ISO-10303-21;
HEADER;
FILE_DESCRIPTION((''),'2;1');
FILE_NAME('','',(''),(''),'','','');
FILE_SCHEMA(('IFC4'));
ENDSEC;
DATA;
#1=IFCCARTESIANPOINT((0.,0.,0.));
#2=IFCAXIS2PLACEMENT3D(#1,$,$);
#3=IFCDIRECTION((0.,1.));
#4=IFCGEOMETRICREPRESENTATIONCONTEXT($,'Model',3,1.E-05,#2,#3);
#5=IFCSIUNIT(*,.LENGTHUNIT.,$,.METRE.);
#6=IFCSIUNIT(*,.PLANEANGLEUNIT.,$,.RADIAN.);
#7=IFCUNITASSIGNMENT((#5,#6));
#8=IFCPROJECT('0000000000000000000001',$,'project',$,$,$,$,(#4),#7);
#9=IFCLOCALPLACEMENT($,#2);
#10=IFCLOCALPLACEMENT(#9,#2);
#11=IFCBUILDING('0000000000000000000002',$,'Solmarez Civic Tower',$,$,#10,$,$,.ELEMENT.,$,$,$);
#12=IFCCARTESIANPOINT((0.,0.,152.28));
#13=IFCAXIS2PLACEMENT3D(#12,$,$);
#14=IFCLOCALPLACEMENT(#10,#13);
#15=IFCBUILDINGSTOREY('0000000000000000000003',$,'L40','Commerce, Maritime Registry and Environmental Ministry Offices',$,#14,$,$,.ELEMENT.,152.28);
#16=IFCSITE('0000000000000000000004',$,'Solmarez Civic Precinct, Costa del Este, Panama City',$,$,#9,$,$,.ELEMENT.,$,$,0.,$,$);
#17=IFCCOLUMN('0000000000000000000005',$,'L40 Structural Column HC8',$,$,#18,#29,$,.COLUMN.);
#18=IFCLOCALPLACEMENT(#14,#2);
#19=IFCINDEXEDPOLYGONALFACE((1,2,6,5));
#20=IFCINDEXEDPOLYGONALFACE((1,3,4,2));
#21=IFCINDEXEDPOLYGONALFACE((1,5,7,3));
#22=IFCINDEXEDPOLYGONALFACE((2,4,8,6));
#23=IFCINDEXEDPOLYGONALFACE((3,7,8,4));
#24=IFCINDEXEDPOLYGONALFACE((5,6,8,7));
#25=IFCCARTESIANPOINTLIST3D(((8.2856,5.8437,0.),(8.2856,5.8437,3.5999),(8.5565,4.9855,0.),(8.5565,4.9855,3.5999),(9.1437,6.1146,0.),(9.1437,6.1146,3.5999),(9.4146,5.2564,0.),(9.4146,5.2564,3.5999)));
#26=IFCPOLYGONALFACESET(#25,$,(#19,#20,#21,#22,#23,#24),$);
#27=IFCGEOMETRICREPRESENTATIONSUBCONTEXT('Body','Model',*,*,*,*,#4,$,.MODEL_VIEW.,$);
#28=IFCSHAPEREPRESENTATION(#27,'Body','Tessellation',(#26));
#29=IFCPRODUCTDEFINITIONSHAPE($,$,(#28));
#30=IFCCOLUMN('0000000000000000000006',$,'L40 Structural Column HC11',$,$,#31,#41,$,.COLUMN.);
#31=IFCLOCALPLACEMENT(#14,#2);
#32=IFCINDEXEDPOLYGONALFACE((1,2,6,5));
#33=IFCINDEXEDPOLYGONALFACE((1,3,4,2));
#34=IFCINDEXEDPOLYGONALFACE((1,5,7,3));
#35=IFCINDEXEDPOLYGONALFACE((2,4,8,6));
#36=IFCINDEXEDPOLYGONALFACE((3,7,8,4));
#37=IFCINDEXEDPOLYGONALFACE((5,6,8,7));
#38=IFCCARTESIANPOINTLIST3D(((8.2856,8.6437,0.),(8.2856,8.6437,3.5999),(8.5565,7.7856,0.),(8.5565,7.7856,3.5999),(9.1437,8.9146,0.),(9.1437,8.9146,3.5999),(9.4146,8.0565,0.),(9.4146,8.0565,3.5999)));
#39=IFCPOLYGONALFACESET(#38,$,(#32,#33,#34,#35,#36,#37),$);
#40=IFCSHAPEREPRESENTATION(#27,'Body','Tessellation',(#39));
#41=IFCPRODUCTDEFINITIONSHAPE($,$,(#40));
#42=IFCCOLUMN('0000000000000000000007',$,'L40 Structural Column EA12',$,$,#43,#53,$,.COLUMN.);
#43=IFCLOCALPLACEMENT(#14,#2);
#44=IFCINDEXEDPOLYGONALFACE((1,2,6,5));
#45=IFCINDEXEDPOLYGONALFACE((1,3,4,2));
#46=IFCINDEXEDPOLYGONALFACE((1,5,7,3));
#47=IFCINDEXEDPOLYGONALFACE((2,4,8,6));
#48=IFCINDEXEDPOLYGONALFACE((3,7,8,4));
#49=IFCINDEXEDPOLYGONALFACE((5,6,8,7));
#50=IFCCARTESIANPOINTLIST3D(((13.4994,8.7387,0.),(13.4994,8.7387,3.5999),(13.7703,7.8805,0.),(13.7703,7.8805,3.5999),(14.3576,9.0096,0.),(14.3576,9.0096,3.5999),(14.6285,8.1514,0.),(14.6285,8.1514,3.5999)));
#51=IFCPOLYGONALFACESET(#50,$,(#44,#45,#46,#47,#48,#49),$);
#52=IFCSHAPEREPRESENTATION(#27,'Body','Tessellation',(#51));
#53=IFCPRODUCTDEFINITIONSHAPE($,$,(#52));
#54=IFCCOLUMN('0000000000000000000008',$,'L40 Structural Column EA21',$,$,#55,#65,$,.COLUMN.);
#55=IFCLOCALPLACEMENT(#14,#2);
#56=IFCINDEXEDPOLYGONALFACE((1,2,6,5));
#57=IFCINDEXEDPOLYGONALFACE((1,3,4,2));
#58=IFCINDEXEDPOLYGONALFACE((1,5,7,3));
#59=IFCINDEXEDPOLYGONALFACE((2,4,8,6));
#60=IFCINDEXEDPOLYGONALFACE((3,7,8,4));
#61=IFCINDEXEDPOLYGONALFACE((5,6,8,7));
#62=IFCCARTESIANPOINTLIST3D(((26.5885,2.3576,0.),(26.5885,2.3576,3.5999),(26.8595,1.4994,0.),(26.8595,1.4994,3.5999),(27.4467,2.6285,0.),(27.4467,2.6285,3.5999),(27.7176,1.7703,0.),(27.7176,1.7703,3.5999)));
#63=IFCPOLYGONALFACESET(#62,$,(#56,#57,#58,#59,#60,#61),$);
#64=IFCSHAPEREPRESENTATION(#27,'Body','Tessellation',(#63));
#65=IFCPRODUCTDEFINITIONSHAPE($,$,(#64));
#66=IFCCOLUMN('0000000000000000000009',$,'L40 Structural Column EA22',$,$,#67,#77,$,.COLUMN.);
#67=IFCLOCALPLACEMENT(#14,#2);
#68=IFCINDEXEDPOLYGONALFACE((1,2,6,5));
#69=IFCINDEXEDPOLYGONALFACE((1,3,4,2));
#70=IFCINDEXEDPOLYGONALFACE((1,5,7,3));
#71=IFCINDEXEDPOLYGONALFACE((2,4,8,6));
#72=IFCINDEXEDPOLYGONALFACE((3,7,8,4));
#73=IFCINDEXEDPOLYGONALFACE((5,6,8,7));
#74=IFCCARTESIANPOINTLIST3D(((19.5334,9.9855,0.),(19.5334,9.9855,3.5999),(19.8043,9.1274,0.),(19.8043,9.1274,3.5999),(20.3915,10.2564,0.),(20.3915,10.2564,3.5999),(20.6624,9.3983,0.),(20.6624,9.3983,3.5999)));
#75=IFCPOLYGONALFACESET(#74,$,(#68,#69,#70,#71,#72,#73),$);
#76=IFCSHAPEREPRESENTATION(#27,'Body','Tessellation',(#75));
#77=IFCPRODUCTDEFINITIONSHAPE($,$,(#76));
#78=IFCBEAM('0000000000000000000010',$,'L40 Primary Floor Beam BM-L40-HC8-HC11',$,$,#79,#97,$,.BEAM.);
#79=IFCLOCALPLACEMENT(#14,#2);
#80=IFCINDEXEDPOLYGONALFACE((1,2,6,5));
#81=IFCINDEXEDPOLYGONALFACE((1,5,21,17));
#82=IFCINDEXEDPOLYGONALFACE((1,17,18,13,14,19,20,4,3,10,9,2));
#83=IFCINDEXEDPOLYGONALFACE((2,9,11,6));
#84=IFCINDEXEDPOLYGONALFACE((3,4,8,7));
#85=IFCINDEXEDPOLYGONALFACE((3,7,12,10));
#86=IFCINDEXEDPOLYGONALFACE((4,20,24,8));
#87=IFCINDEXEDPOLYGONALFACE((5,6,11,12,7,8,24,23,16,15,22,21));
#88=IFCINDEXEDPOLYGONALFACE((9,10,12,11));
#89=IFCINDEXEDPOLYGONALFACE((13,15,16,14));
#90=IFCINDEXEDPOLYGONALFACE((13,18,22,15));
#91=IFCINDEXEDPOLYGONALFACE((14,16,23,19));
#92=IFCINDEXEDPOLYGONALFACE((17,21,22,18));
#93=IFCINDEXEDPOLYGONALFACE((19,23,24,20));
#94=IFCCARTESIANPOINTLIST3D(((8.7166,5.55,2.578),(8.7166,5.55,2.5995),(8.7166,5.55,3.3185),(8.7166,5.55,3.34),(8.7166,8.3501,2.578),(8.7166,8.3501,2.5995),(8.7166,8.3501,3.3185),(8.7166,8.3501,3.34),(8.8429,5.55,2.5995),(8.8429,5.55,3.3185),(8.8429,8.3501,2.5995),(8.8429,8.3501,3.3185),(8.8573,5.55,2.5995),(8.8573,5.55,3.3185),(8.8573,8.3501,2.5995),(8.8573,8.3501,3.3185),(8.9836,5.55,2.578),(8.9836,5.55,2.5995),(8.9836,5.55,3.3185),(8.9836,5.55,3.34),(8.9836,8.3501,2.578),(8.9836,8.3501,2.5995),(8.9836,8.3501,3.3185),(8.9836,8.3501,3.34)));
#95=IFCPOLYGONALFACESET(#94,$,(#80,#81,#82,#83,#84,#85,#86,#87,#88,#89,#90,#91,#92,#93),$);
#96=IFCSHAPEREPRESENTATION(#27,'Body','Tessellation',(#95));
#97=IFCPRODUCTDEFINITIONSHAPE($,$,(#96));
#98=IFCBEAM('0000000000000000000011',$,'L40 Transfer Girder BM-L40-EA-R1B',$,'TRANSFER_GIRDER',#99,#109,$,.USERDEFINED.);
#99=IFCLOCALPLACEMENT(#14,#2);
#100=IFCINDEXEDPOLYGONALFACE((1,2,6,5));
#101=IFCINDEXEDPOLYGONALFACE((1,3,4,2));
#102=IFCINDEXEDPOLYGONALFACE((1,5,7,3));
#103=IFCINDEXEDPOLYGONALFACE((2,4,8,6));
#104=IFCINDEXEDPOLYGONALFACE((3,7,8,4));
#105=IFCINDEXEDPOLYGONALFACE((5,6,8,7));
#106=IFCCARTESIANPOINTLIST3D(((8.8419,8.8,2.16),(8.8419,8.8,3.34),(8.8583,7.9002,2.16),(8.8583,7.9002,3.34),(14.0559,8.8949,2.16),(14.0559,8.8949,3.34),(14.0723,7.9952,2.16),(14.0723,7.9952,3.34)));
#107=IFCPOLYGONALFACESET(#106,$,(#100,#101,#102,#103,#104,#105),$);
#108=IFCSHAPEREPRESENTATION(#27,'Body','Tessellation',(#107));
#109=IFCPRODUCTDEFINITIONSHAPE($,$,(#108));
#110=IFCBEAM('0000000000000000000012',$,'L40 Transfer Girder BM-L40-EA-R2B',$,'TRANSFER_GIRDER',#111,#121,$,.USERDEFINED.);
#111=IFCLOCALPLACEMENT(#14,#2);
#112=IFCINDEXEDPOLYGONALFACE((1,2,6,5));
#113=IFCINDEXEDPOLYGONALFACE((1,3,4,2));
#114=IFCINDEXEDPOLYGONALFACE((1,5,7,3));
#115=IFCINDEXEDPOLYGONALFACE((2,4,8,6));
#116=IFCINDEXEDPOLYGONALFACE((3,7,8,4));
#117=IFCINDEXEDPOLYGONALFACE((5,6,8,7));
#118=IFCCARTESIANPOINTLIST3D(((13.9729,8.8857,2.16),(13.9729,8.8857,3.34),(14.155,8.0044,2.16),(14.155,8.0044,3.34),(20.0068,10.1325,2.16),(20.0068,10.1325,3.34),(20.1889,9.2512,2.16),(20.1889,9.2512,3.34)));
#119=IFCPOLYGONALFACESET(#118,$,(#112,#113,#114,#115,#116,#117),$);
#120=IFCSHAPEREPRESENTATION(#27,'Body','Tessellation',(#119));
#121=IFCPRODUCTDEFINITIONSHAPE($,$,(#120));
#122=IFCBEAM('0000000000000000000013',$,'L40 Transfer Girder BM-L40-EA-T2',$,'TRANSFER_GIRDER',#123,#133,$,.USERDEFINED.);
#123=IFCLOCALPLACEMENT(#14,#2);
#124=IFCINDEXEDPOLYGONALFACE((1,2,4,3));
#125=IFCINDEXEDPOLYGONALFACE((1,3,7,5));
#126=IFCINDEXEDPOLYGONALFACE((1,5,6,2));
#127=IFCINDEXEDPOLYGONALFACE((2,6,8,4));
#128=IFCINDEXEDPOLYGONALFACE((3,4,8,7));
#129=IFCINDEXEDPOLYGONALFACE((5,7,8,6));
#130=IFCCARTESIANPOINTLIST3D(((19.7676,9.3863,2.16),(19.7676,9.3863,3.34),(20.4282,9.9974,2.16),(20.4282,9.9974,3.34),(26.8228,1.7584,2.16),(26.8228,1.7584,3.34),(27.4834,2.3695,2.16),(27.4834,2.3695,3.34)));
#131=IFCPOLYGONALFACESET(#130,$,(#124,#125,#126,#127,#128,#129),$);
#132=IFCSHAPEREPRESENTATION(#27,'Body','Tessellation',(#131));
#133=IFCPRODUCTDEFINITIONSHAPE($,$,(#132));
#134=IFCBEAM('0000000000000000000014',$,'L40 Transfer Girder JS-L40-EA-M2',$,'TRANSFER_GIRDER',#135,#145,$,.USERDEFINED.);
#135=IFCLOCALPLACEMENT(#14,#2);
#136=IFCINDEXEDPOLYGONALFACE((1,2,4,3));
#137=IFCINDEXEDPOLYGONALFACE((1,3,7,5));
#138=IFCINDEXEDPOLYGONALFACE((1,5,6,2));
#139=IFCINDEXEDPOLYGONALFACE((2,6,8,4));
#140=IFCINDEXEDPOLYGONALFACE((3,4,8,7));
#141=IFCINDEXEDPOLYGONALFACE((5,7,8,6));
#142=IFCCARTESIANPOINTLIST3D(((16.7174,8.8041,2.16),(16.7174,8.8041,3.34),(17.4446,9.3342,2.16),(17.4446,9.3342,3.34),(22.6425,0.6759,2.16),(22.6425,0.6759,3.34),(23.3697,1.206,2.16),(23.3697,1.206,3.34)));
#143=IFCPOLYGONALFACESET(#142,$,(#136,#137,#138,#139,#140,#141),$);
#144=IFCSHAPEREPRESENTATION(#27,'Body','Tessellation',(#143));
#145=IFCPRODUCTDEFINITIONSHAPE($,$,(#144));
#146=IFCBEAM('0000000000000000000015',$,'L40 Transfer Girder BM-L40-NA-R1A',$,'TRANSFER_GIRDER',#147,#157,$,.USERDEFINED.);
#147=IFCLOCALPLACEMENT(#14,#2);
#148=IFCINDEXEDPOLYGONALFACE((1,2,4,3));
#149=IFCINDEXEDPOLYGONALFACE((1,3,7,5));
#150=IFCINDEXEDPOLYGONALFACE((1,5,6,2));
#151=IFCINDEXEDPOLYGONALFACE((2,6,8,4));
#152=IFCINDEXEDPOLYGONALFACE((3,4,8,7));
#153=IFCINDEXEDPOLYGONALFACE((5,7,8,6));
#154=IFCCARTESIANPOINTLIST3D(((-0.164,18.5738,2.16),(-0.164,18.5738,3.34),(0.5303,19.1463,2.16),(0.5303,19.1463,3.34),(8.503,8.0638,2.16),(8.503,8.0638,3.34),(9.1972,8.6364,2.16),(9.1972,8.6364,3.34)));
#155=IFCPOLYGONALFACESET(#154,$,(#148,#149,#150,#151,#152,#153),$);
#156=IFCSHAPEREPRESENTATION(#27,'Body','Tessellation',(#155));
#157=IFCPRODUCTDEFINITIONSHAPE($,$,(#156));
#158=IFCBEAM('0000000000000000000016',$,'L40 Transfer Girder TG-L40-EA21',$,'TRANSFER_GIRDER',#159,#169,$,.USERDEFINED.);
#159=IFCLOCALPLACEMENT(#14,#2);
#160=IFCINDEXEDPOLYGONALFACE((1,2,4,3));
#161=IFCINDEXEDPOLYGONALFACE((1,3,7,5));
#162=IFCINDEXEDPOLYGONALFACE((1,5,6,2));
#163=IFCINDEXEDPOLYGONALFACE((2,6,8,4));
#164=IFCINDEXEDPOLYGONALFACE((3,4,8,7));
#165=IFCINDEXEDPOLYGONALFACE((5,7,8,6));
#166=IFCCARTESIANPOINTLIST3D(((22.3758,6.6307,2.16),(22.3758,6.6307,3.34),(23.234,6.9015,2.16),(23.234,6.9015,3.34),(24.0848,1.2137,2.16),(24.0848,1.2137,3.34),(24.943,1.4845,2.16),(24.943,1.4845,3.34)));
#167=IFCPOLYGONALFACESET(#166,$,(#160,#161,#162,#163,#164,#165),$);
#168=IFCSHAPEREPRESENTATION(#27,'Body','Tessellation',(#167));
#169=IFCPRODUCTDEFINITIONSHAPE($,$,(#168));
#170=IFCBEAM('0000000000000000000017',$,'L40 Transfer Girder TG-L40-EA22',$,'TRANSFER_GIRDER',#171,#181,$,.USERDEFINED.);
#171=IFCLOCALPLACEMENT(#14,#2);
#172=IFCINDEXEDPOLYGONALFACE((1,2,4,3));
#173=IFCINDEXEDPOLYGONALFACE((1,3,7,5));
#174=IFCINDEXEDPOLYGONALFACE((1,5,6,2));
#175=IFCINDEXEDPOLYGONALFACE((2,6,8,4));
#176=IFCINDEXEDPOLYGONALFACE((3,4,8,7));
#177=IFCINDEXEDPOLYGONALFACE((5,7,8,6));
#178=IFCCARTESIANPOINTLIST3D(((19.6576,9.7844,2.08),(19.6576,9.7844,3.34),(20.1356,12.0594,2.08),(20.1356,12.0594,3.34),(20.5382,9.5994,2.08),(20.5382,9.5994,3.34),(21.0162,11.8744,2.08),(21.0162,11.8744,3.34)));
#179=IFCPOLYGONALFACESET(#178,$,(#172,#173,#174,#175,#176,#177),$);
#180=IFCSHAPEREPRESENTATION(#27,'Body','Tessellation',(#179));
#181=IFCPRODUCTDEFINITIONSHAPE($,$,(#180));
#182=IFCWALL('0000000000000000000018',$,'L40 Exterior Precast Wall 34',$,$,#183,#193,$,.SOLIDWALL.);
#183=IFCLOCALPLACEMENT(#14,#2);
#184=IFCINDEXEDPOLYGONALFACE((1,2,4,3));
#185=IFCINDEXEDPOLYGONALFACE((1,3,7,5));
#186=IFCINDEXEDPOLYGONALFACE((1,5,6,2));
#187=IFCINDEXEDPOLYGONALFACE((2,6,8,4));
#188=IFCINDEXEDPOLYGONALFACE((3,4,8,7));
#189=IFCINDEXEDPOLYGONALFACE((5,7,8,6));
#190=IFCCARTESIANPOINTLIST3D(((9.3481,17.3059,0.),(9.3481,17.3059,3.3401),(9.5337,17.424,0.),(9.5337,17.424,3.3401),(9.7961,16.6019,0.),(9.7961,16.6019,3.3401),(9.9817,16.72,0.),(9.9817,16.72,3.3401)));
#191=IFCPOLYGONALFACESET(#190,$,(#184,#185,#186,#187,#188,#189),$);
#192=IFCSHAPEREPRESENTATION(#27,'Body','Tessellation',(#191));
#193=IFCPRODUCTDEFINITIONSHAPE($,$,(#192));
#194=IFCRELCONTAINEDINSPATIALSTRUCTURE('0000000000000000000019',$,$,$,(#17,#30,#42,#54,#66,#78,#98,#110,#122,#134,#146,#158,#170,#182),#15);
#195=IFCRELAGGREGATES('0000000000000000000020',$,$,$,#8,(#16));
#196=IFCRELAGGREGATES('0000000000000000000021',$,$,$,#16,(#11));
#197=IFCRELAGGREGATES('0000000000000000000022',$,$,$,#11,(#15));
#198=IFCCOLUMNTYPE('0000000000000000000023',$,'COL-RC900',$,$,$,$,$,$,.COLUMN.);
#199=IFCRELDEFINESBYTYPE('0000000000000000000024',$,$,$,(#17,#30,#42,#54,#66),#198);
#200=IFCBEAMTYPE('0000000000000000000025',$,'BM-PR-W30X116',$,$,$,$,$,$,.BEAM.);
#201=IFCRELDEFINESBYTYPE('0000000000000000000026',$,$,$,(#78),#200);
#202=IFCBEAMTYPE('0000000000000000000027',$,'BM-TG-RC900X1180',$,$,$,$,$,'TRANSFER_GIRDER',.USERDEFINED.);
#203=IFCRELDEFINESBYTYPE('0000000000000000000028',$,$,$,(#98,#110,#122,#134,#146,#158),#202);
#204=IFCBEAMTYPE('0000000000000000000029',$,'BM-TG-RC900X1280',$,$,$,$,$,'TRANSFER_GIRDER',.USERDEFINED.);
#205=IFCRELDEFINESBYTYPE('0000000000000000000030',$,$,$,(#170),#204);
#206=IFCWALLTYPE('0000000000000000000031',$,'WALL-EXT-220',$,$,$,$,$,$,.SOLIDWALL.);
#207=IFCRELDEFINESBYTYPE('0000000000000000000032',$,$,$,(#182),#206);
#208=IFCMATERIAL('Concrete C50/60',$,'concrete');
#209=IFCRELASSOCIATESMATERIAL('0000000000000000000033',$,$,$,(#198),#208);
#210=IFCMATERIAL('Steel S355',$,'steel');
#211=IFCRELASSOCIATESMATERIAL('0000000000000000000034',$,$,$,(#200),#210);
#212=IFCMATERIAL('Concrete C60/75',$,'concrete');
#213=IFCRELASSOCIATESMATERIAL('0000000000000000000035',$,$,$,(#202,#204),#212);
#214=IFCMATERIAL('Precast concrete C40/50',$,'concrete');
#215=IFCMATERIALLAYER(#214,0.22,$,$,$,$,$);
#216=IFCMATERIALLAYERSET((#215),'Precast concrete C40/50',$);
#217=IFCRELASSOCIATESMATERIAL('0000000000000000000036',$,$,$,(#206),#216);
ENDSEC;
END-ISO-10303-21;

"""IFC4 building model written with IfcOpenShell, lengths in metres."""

from ifc_helpers import new_model, si_unit, direction, frame, frame_2d, origin, origin_2d, place, context, subcontext, project, spatial, rectangle, i_section, extrude, material, layer, layer_set, material_profile, profile_set, type_object, element, save


model = new_model("IFC4")

# Units and contexts
model_context = context("Model", 3, precision=1e-05, world=origin(), true_north=direction((0.0, 1.0)))
body_context = subcontext(model_context, "Body", "Model", "MODEL_VIEW")
ifc_project = project(units=[si_unit("LENGTHUNIT", "METRE"), si_unit("PLANEANGLEUNIT", "RADIAN")], contexts=[model_context])

# Site, building, storey
site_placement = place(None, origin())
site = spatial("IfcSite", under=ifc_project, at=site_placement, Name="Solmarez Civic Precinct, Costa del Este, Panama City", CompositionType="ELEMENT", RefElevation=0.0)
building_placement = place(site_placement, origin())
building = spatial("IfcBuilding", under=site, at=building_placement, Name="Solmarez Civic Tower", CompositionType="ELEMENT")
storey_placement = place(building_placement, frame((0.0, 0.0, 152.28)))
storey = spatial("IfcBuildingStorey", under=building, at=storey_placement, Name="L40", Description="Commerce, Maritime Registry and Environmental Ministry Offices", CompositionType="ELEMENT", Elevation=152.28)

# Columns
ifc_material_1 = material(Name="Concrete C50/60", Category="concrete")
ifc_material_profile_1 = material_profile(ifc_material_1, rectangle(XDim=0.8999, YDim=0.8999, at=origin_2d()), Name="RC900X900")
ifc_profile_set_1 = profile_set([ifc_material_profile_1], Name="Concrete C50/60")
column_type = type_object("IfcColumnType", Name="COL-RC900", PredefinedType="COLUMN", material=ifc_profile_set_1)
for number, where, z_axis, x_axis, name in (
    (1, (8.8501, 5.55, 0.0), (0.0, 0.0, 1.0), (0.953612, 0.301039, 0.0), "L40 Structural Column HC8"),
    (2, (8.8501, 8.3501, 0.0), (0.0, 0.0, 1.0), (0.953612, 0.301039, 0.0), "L40 Structural Column HC11"),
    (3, (14.064, 8.4451, 0.0), (0.0, 0.0, 1.0), (0.953612, 0.301039, 0.0), "L40 Structural Column EA12"),
    (4, (27.1531, 2.064, 0.0), (0.0, 0.0, 1.0), (0.953612, 0.301039, 0.0), "L40 Structural Column EA21"),
    (5, (20.0979, 9.6919, 0.0), (0.0, 0.0, 1.0), (0.953612, 0.301039, 0.0), "L40 Structural Column EA22"),
):
    element("IfcColumn", number, at=place(storey_placement, frame(where, z_axis=z_axis, x_axis=x_axis)), inside=storey, type_object=column_type, Name=name, PredefinedType="COLUMN", context=body_context, shape_type="SweptSolid", body=[
        extrude(rectangle(XDim=0.8999, YDim=0.8999, at=origin_2d()), origin(), (0.0, 0.0, 1.0), 3.5999),
    ])

# Beams
ifc_material_2 = material(Name="Steel S355", Category="steel")
ifc_material_profile_2 = material_profile(ifc_material_2, i_section(OverallWidth=0.2671, OverallDepth=0.762, WebThickness=0.0144, FlangeThickness=0.0215, at=origin_2d()), Name="W30X116")
ifc_profile_set_2 = profile_set([ifc_material_profile_2], Name="Steel S355")
beam_type_1 = type_object("IfcBeamType", Name="BM-PR-W30X116", PredefinedType="BEAM", material=ifc_profile_set_2)
beam_1_placement = place(storey_placement, frame((8.8501, 5.55, 2.959), z_axis=(0.0, 1.0, 0.0), x_axis=(-1.0, 0.0, 0.0)))
element("IfcBeam", 6, at=beam_1_placement, inside=storey, type_object=beam_type_1, Name="L40 Primary Floor Beam BM-L40-HC8-HC11", PredefinedType="BEAM", context=body_context, shape_type="SweptSolid", body=[
    extrude(i_section(OverallWidth=0.2671, OverallDepth=0.762, WebThickness=0.0144, FlangeThickness=0.0215, at=origin_2d()), origin(), (0.0, 0.0, 1.0), 2.8),
])
ifc_material_3 = material(Name="Concrete C60/75", Category="concrete")
ifc_material_profile_3 = material_profile(ifc_material_3, rectangle(XDim=0.8999, YDim=1.1799, at=origin_2d()), Name="RC900X1180")
ifc_profile_set_3 = profile_set([ifc_material_profile_3], Name="Concrete C60/75")
beam_type_2 = type_object("IfcBeamType", Name="BM-TG-RC900X1180", ElementType="TRANSFER_GIRDER", PredefinedType="USERDEFINED", material=ifc_profile_set_3)
beam_2_placement = place(storey_placement, frame((8.8501, 8.3501, 2.75), z_axis=(0.999834, 0.018212, 0.0), x_axis=(-0.018212, 0.999834, 0.0)))
element("IfcBeam", 7, at=beam_2_placement, inside=storey, type_object=beam_type_2, Name="L40 Transfer Girder BM-L40-EA-R1B", ObjectType="TRANSFER_GIRDER", PredefinedType="USERDEFINED", context=body_context, shape_type="SweptSolid", body=[
    extrude(rectangle(XDim=0.8999, YDim=1.1799, at=origin_2d()), origin(), (0.0, 0.0, 1.0), 5.2148),
])
beam_3_placement = place(storey_placement, frame((14.064, 8.4451, 2.75), z_axis=(0.979311, 0.202361, 0.0), x_axis=(-0.202361, 0.979311, 0.0)))
element("IfcBeam", 8, at=beam_3_placement, inside=storey, type_object=beam_type_2, Name="L40 Transfer Girder BM-L40-EA-R2B", ObjectType="TRANSFER_GIRDER", PredefinedType="USERDEFINED", context=body_context, shape_type="SweptSolid", body=[
    extrude(rectangle(XDim=0.8999, YDim=1.1799, at=origin_2d()), origin(), (0.0, 0.0, 1.0), 6.1614),
])
beam_4_placement = place(storey_placement, frame((27.1531, 2.064, 2.75), z_axis=(-0.679008, 0.734131, 0.0), x_axis=(-0.734131, -0.679008, 0.0)))
element("IfcBeam", 9, at=beam_4_placement, inside=storey, type_object=beam_type_2, Name="L40 Transfer Girder BM-L40-EA-T2", ObjectType="TRANSFER_GIRDER", PredefinedType="USERDEFINED", context=body_context, shape_type="SweptSolid", body=[
    extrude(rectangle(XDim=0.8999, YDim=1.1799, at=origin_2d()), origin(), (0.0, 0.0, 1.0), 10.3904),
])
beam_5_placement = place(storey_placement, frame((23.0061, 0.9409, 2.75), z_axis=(-0.589059, 0.80809, 0.0), x_axis=(-0.80809, -0.589059, 0.0)))
element("IfcBeam", 10, at=beam_5_placement, inside=storey, type_object=beam_type_2, Name="L40 Transfer Girder JS-L40-EA-M2", ObjectType="TRANSFER_GIRDER", PredefinedType="USERDEFINED", context=body_context, shape_type="SweptSolid", body=[
    extrude(rectangle(XDim=0.8999, YDim=1.1799, at=origin_2d()), origin(), (0.0, 0.0, 1.0), 10.0586),
])
beam_6_placement = place(storey_placement, frame((8.8501, 8.3501, 2.75), z_axis=(-0.636218, 0.771509, 0.0), x_axis=(-0.771509, -0.636218, 0.0)))
element("IfcBeam", 11, at=beam_6_placement, inside=storey, type_object=beam_type_2, Name="L40 Transfer Girder BM-L40-NA-R1A", ObjectType="TRANSFER_GIRDER", PredefinedType="USERDEFINED", context=body_context, shape_type="SweptSolid", body=[
    extrude(rectangle(XDim=0.8999, YDim=1.1799, at=origin_2d()), origin(), (0.0, 0.0, 1.0), 13.6226),
])
beam_7_placement = place(storey_placement, frame((24.5139, 1.3491, 2.75), z_axis=(-0.300868, 0.953666, 0.0), x_axis=(-0.953666, -0.300868, 0.0)))
element("IfcBeam", 12, at=beam_7_placement, inside=storey, type_object=beam_type_2, Name="L40 Transfer Girder TG-L40-EA21", ObjectType="TRANSFER_GIRDER", PredefinedType="USERDEFINED", context=body_context, shape_type="SweptSolid", body=[
    extrude(rectangle(XDim=0.8999, YDim=1.1799, at=origin_2d()), origin(), (0.0, 0.0, 1.0), 5.6802),
])
ifc_material_profile_4 = material_profile(ifc_material_3, rectangle(XDim=0.8999, YDim=1.26, at=origin_2d()), Name="RC900X1280")
ifc_profile_set_4 = profile_set([ifc_material_profile_4], Name="Concrete C60/75")
beam_type_3 = type_object("IfcBeamType", Name="BM-TG-RC900X1280", ElementType="TRANSFER_GIRDER", PredefinedType="USERDEFINED", material=ifc_profile_set_4)
beam_8_placement = place(storey_placement, frame((20.0979, 9.6919, 2.71), z_axis=(0.205619, 0.978632, 0.0), x_axis=(-0.978632, 0.205619, 0.0)))
element("IfcBeam", 13, at=beam_8_placement, inside=storey, type_object=beam_type_3, Name="L40 Transfer Girder TG-L40-EA22", ObjectType="TRANSFER_GIRDER", PredefinedType="USERDEFINED", context=body_context, shape_type="SweptSolid", body=[
    extrude(rectangle(XDim=0.8999, YDim=1.26, at=origin_2d()), origin(), (0.0, 0.0, 1.0), 2.3247),
])

# Wall
ifc_material_4 = material(Name="Precast concrete C40/50", Category="concrete")
ifc_layer_1 = layer(ifc_material_4, 0.22)
ifc_layer_set_1 = layer_set([ifc_layer_1], Name="Precast concrete C40/50")
wall_type_1 = type_object("IfcWallType", Name="WALL-EXT-220", PredefinedType="SOLIDWALL", material=ifc_layer_set_1)
wall_1_placement = place(storey_placement, frame((9.4409, 17.365, 0.0), z_axis=(0.0, 0.0, 1.0), x_axis=(0.536819, -0.843698, 0.0)))
element("IfcWall", 14, at=wall_1_placement, inside=storey, type_object=wall_type_1, Name="L40 Exterior Precast Wall 34", PredefinedType="SOLIDWALL", context=body_context, shape_type="SweptSolid", body=[
    extrude(rectangle(XDim=0.8345, YDim=0.22, at=frame_2d((0.4172, 0.0))), origin(), (0.0, 0.0, 1.0), 3.3401),
])

save(model, "model.ifc")
